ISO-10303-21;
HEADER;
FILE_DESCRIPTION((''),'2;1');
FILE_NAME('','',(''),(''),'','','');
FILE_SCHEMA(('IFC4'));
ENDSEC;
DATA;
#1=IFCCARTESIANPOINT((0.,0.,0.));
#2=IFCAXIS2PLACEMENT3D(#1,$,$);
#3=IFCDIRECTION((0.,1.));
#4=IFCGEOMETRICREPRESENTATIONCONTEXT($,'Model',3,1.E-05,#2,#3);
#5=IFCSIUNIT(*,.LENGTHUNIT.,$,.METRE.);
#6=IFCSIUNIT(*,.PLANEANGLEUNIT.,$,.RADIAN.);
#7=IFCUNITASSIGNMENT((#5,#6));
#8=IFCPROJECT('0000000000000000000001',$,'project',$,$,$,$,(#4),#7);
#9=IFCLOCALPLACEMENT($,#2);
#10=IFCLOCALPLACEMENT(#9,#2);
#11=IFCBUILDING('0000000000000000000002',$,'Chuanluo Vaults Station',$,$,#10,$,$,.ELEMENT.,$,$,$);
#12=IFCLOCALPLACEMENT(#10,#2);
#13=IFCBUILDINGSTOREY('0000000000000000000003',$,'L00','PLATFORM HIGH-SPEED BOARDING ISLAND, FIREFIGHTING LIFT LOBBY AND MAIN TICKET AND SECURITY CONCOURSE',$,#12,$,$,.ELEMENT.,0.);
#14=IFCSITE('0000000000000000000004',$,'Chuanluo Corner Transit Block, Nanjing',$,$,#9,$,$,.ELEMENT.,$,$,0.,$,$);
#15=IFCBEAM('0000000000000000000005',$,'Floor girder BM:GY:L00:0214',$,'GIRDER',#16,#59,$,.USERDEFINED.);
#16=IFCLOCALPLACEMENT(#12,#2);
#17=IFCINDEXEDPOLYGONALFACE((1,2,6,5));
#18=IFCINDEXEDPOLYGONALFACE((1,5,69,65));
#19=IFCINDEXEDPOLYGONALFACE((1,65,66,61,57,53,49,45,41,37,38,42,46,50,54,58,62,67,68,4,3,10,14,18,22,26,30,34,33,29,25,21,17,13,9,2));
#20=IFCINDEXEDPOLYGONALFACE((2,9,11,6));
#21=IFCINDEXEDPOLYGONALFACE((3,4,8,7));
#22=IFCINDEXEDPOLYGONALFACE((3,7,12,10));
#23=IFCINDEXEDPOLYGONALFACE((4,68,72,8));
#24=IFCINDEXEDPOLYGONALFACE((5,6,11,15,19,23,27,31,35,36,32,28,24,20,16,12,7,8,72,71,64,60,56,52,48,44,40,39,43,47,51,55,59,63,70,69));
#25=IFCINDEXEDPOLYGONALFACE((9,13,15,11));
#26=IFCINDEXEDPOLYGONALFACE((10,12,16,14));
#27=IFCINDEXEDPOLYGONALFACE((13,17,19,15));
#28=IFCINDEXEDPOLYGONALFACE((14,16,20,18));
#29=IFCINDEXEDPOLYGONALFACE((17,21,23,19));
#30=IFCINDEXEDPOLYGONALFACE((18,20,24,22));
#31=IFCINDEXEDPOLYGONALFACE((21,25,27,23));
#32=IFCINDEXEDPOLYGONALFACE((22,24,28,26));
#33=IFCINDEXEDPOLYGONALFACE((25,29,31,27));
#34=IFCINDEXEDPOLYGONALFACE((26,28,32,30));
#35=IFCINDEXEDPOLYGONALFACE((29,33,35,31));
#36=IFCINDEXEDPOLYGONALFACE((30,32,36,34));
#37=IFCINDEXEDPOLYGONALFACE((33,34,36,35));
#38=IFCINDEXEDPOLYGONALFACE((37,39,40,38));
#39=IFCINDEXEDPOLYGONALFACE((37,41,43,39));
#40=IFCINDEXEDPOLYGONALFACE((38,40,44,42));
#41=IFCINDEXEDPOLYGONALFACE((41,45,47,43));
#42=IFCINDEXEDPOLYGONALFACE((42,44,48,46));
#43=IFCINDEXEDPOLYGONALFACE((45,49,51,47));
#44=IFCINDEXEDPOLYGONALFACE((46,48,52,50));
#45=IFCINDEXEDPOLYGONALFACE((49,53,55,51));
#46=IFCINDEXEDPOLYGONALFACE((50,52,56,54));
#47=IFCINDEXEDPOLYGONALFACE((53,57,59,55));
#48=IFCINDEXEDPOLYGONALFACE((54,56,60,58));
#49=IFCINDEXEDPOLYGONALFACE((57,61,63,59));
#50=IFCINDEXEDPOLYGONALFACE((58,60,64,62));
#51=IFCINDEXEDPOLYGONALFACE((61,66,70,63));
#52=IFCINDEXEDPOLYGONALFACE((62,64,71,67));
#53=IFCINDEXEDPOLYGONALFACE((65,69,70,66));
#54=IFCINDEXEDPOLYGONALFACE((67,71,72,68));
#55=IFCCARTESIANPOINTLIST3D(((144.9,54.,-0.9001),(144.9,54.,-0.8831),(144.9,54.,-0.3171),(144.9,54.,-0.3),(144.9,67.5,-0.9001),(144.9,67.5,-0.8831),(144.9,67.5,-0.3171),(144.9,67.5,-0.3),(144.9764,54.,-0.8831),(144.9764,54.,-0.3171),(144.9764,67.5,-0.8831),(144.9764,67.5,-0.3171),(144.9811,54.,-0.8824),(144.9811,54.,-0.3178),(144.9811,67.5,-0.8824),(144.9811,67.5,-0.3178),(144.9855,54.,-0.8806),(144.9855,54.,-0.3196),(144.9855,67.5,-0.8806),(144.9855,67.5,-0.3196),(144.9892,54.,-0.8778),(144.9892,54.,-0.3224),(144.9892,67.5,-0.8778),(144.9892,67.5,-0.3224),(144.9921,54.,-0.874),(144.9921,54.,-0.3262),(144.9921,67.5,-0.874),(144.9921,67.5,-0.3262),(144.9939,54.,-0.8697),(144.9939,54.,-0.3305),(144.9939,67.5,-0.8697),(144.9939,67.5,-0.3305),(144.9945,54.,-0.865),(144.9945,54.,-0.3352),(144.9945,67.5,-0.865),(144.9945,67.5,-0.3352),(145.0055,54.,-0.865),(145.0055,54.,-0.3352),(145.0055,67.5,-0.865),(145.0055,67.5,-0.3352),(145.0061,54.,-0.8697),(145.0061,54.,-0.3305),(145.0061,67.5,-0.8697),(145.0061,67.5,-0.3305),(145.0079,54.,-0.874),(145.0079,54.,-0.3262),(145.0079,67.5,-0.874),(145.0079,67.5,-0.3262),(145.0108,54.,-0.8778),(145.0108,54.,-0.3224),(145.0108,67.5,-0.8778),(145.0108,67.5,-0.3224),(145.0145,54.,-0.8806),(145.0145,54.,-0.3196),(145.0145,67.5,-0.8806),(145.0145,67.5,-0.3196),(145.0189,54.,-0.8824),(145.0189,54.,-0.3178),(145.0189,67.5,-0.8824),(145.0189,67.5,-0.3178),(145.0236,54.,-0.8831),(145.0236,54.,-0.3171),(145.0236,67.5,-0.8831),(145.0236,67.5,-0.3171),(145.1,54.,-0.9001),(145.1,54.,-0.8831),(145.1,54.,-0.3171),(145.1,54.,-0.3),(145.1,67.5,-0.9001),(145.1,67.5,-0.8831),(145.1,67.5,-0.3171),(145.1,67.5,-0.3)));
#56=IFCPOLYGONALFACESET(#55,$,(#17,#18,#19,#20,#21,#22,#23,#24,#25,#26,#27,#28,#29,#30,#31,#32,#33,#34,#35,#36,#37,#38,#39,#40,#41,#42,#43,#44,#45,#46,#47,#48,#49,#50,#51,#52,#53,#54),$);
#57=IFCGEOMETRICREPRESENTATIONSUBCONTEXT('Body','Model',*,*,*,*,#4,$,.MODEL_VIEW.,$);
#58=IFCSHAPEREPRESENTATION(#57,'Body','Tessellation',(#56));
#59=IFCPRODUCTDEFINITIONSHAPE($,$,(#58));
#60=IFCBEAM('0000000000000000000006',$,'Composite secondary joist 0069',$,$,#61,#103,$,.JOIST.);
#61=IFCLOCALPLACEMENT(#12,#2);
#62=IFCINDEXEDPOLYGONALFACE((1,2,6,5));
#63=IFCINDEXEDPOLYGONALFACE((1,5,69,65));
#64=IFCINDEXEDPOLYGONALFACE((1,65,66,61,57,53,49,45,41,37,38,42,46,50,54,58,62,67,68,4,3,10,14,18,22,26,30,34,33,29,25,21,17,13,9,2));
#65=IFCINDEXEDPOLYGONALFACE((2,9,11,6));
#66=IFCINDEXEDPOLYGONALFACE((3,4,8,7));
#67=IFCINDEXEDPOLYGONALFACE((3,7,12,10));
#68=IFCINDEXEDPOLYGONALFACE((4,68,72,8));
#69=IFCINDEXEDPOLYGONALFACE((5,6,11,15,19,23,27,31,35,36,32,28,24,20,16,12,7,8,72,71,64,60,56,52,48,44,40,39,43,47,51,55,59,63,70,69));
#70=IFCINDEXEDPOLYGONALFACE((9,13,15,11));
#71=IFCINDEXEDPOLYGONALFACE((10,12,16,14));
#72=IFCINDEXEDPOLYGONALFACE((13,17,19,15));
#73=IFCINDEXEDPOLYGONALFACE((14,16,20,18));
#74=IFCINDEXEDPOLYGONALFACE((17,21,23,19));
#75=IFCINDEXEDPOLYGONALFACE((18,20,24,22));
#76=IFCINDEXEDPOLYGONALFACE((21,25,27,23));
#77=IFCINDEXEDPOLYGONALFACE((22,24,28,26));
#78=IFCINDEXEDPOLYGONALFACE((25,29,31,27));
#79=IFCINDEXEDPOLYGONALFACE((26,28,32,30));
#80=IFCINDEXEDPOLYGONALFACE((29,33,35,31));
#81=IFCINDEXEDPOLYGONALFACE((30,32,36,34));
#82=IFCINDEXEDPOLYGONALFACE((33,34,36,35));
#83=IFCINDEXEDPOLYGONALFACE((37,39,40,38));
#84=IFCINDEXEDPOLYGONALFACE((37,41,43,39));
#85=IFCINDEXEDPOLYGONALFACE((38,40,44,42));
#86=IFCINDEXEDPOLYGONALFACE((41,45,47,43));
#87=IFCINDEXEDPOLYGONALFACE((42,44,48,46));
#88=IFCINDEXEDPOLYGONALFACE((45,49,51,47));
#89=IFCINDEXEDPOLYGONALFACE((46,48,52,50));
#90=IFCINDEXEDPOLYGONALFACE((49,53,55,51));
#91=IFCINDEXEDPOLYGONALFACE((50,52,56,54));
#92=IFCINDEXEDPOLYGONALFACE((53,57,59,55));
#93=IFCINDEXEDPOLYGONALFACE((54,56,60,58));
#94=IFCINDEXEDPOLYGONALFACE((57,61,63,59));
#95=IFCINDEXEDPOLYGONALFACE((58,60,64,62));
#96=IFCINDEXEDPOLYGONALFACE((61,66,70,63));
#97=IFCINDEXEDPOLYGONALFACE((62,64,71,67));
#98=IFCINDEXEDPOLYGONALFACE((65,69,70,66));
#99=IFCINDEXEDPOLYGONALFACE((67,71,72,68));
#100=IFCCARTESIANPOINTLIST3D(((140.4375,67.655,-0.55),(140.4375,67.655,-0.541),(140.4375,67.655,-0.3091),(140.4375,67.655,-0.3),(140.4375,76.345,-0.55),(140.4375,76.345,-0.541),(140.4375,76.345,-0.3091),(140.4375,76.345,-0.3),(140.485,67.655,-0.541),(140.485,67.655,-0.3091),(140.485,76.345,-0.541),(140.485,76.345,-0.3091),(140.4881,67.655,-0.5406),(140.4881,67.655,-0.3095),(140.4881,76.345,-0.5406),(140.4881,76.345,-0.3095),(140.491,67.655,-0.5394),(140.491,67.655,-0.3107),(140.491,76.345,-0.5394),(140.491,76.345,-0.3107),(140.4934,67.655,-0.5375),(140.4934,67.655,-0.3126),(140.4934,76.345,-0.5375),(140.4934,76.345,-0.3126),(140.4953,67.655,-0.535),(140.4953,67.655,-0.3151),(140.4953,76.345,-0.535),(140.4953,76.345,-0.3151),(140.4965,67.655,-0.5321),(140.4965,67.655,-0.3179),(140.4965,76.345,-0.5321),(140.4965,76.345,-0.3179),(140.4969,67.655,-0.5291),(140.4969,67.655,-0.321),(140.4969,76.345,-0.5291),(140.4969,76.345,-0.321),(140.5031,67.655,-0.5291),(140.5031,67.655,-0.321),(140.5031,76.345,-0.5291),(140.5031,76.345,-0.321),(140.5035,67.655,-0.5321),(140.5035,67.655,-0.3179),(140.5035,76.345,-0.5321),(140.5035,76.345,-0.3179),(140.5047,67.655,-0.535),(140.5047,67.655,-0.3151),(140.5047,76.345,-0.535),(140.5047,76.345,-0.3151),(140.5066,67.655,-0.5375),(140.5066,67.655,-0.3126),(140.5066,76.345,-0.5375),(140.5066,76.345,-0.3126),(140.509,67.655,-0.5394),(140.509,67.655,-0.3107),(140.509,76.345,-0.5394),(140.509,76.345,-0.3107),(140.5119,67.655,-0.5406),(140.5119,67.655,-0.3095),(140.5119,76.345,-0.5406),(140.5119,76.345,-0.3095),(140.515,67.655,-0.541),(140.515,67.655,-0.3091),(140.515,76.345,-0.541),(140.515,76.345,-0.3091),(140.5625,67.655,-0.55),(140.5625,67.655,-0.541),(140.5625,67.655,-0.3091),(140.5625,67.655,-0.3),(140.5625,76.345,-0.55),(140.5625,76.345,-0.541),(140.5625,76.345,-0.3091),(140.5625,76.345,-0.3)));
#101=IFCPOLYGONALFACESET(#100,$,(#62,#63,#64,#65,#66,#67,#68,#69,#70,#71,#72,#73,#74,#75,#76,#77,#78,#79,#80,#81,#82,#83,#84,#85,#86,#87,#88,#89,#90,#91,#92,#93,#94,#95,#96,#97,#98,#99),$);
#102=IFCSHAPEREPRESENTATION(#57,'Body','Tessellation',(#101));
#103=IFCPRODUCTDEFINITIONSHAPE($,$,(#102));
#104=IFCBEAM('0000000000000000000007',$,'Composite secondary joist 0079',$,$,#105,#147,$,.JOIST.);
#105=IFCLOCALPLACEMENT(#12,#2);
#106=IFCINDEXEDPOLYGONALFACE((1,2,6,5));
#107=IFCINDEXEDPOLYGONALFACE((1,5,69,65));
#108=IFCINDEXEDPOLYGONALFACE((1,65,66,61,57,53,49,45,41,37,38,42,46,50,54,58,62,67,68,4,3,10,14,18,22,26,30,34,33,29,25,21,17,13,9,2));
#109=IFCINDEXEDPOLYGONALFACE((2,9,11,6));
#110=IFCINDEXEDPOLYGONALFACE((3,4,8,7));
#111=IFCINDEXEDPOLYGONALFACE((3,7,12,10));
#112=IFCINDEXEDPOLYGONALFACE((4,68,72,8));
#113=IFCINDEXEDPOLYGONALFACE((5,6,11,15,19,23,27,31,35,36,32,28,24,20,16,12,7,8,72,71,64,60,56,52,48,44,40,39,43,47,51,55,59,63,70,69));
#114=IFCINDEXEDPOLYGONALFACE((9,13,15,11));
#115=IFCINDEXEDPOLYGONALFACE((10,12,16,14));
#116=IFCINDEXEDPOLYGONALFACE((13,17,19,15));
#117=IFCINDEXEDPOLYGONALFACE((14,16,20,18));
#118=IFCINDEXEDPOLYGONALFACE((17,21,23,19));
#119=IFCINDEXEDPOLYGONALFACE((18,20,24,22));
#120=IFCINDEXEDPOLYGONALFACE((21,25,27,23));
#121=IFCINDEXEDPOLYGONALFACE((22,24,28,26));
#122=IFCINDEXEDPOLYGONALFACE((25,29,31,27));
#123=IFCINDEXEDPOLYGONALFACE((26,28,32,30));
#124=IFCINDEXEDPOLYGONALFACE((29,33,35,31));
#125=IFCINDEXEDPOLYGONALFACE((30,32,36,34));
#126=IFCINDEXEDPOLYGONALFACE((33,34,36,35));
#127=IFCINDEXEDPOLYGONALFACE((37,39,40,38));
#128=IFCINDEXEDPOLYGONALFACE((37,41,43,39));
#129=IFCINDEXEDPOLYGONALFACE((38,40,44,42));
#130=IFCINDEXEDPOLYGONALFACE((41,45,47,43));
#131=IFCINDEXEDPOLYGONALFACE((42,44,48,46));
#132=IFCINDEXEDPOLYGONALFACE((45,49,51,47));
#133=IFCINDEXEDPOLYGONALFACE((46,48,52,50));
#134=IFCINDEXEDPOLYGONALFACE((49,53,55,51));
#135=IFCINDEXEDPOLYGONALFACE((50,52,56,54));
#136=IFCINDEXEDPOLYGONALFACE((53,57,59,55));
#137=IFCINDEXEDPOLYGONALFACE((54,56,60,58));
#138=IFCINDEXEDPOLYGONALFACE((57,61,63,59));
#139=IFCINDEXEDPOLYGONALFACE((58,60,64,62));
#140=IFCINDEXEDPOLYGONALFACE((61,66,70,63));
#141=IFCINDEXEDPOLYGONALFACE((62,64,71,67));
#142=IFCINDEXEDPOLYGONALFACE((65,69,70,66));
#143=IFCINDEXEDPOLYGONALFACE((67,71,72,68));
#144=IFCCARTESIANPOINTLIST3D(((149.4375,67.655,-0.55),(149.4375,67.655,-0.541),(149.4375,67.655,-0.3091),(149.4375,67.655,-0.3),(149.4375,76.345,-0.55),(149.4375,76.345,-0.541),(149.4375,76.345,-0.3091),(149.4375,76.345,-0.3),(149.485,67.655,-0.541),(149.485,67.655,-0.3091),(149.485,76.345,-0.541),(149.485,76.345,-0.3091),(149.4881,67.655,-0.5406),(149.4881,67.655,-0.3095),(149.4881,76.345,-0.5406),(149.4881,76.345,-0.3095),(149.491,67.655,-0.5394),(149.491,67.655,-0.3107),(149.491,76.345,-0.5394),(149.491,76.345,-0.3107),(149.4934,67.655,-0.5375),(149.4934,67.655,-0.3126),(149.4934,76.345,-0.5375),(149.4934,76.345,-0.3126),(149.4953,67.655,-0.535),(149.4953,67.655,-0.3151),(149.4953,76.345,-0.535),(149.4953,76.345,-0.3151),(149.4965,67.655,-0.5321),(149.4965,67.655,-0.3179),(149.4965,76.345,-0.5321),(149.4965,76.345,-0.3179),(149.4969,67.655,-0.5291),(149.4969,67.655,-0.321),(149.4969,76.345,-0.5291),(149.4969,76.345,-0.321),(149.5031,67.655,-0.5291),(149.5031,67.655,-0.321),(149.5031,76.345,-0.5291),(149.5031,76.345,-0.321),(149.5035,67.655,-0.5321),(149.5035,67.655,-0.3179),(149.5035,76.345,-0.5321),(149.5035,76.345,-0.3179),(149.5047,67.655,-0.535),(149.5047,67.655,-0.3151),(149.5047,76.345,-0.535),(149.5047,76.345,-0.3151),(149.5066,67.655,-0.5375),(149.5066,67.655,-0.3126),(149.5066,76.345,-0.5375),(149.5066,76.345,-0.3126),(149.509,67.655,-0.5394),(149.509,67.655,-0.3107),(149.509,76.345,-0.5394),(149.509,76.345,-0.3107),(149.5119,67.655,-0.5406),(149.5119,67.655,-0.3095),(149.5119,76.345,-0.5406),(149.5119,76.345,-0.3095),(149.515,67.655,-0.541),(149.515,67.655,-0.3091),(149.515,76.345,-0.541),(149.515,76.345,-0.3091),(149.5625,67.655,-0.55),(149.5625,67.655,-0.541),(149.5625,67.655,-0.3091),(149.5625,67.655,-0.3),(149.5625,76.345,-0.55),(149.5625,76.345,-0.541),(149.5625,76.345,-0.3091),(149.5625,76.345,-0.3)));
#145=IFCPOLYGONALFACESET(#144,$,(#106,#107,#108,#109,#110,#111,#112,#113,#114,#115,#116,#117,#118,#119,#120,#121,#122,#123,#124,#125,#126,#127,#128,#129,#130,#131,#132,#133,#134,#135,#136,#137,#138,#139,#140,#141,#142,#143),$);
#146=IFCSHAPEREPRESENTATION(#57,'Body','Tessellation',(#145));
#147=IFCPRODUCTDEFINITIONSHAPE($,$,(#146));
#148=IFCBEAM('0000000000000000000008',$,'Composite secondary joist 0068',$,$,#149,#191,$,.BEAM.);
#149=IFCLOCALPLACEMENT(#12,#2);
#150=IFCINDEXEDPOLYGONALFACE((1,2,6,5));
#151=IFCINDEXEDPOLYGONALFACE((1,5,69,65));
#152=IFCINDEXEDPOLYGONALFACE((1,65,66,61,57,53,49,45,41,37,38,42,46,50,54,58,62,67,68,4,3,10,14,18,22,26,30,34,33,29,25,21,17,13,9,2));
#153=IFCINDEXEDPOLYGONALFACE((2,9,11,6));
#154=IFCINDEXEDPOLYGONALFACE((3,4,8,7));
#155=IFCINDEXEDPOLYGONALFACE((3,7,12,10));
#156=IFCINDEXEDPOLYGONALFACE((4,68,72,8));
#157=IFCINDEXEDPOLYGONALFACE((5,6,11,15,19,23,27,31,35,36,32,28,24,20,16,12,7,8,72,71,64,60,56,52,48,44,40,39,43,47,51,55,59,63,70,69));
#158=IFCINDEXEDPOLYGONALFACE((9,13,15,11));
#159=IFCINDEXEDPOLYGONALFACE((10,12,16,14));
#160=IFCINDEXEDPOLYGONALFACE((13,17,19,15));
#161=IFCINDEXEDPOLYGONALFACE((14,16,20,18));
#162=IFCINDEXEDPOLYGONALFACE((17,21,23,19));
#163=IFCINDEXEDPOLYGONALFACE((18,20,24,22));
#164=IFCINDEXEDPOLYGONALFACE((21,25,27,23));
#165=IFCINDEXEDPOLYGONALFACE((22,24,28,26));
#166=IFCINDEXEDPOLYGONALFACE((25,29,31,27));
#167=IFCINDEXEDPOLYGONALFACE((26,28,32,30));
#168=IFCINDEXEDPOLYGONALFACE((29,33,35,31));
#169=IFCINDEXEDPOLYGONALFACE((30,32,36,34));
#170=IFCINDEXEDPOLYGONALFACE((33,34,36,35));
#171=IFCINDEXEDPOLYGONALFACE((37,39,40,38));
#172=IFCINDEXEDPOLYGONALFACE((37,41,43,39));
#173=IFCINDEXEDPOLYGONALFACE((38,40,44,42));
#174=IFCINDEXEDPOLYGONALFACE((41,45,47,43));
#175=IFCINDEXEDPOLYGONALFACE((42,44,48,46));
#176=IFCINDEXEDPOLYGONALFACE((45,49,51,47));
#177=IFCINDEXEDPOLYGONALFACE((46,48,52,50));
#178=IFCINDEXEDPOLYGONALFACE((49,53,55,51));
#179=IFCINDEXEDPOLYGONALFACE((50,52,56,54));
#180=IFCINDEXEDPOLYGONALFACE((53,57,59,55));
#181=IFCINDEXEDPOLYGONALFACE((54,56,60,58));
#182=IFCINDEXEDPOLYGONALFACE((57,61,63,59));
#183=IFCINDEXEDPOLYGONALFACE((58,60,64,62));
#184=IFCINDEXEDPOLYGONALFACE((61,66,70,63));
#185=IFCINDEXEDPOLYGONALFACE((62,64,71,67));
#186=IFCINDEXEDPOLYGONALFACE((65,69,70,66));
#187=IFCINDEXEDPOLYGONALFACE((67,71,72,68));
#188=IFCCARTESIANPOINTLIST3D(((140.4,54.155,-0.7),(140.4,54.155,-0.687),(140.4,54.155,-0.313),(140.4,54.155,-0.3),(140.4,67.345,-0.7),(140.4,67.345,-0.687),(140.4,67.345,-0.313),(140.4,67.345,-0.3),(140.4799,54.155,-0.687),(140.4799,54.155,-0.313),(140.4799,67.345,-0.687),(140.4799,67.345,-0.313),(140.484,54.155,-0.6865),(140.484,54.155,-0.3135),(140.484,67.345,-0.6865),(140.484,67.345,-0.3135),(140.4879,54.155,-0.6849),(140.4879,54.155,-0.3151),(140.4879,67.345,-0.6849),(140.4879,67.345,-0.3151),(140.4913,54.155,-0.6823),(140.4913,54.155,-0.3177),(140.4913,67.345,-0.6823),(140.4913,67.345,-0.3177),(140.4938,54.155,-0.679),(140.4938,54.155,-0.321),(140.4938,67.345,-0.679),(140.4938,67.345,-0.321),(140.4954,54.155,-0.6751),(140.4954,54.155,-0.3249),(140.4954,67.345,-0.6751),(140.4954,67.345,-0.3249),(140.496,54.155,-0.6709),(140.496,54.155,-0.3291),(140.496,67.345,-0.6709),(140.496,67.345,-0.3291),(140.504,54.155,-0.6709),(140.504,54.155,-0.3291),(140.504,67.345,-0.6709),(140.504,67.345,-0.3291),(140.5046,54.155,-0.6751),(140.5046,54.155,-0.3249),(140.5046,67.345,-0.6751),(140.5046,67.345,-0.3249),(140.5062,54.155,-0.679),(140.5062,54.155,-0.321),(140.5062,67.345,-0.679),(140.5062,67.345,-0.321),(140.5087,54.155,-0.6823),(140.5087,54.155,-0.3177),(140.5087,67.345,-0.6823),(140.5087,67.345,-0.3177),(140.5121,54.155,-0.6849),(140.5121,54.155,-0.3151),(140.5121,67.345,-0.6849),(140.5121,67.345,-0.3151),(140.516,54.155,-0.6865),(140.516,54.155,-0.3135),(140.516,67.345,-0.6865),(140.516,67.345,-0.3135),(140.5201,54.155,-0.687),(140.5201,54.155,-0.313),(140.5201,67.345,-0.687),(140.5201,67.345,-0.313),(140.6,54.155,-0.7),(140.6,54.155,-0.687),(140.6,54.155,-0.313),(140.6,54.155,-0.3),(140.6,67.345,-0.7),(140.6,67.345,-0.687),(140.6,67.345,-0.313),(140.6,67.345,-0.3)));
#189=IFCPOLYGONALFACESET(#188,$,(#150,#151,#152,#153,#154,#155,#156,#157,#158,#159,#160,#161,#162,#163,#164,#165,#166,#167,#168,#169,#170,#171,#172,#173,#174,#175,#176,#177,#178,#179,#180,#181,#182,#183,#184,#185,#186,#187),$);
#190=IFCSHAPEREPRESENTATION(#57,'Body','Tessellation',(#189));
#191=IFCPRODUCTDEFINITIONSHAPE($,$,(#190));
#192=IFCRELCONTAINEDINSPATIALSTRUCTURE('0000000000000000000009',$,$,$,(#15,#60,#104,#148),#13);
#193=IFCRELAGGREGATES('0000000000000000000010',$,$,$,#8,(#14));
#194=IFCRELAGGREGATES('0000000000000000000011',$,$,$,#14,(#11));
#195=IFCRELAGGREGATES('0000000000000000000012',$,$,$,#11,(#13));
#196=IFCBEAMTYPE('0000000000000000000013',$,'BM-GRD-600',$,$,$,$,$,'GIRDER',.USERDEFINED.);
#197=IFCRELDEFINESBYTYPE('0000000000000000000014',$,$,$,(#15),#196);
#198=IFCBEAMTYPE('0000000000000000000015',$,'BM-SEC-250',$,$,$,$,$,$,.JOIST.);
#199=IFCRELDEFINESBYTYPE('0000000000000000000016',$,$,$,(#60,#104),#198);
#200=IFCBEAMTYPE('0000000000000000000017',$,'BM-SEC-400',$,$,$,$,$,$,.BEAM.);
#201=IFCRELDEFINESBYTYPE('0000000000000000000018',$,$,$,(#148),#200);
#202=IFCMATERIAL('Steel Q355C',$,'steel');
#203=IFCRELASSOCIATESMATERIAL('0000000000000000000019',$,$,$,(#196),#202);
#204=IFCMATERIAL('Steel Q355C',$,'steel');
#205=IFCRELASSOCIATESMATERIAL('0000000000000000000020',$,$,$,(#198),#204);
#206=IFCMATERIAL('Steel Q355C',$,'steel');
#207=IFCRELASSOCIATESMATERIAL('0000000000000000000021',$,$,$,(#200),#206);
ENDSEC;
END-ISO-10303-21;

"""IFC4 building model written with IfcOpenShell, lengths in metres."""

from ifc_helpers import new_model, si_unit, direction, frame, origin, origin_2d, place, context, subcontext, project, spatial, i_section, extrude, material, material_profile, profile_set, type_object, element, save


model = new_model("IFC4")

# Units and contexts
model_context = context("Model", 3, precision=1e-05, world=origin(), true_north=direction((0.0, 1.0)))
body_context = subcontext(model_context, "Body", "Model", "MODEL_VIEW")
ifc_project = project(units=[si_unit("LENGTHUNIT", "METRE"), si_unit("PLANEANGLEUNIT", "RADIAN")], contexts=[model_context])

# Site, building, storey
site_placement = place(None, origin())
site = spatial("IfcSite", under=ifc_project, at=site_placement, Name="Chuanluo Corner Transit Block, Nanjing", CompositionType="ELEMENT", RefElevation=0.0)
building_placement = place(site_placement, origin())
building = spatial("IfcBuilding", under=site, at=building_placement, Name="Chuanluo Vaults Station", CompositionType="ELEMENT")
storey_placement = place(building_placement, origin())
storey = spatial("IfcBuildingStorey", under=building, at=storey_placement, Name="L00", Description="PLATFORM HIGH-SPEED BOARDING ISLAND, FIREFIGHTING LIFT LOBBY AND MAIN TICKET AND SECURITY CONCOURSE", CompositionType="ELEMENT", Elevation=0.0)

# Beams
ifc_material_1 = material(Name="Steel Q355C", Category="steel")
ifc_material_profile_1 = material_profile(ifc_material_1, i_section(OverallWidth=0.2, OverallDepth=0.6001, WebThickness=0.011, FlangeThickness=0.0171, FilletRadius=0.0181, at=origin_2d()))
ifc_profile_set_1 = profile_set([ifc_material_profile_1], Name="Steel Q355C")
beam_type_1 = type_object("IfcBeamType", Name="BM-GRD-600", ElementType="GIRDER", PredefinedType="USERDEFINED", material=ifc_profile_set_1)
for number, where, z_axis, x_axis, name in (
    (1, (145.0, 54.0, -0.6001), (0.0, 1.0, 0.0), (-1.0, 0.0, 0.0), "Floor girder BM:GY:L00:0214"),
):
    element("IfcBeam", number, at=place(storey_placement, frame(where, z_axis=z_axis, x_axis=x_axis)), inside=storey, type_object=beam_type_1, Name=name, ObjectType="GIRDER", PredefinedType="USERDEFINED", context=body_context, shape_type="SweptSolid", body=[
        extrude(i_section(OverallWidth=0.2, OverallDepth=0.6001, WebThickness=0.011, FlangeThickness=0.0171, FilletRadius=0.0181, at=origin_2d()), origin(), (0.0, 0.0, 1.0), 13.5),
    ])
ifc_material_2 = material(Name="Steel Q355C", Category="steel")
ifc_material_profile_2 = material_profile(ifc_material_2, i_section(OverallWidth=0.125, OverallDepth=0.25, WebThickness=0.0061, FlangeThickness=0.009, FilletRadius=0.012, at=origin_2d()))
ifc_profile_set_2 = profile_set([ifc_material_profile_2], Name="Steel Q355C")
beam_type_2 = type_object("IfcBeamType", Name="BM-SEC-250", PredefinedType="JOIST", material=ifc_profile_set_2)
for number, where, z_axis, x_axis, name in (
    (2, (140.5, 67.655, -0.425), (0.0, 1.0, 0.0), (-1.0, 0.0, 0.0), "Composite secondary joist 0069"),
    (3, (149.5, 67.655, -0.425), (0.0, 1.0, 0.0), (-1.0, 0.0, 0.0), "Composite secondary joist 0079"),
):
    element("IfcBeam", number, at=place(storey_placement, frame(where, z_axis=z_axis, x_axis=x_axis)), inside=storey, type_object=beam_type_2, Name=name, PredefinedType="JOIST", context=body_context, shape_type="SweptSolid", body=[
        extrude(i_section(OverallWidth=0.125, OverallDepth=0.25, WebThickness=0.0061, FlangeThickness=0.009, FilletRadius=0.012, at=origin_2d()), origin(), (0.0, 0.0, 1.0), 8.6899),
    ])
ifc_material_3 = material(Name="Steel Q355C", Category="steel")
ifc_material_profile_3 = material_profile(ifc_material_3, i_section(OverallWidth=0.2, OverallDepth=0.3999, WebThickness=0.0081, FlangeThickness=0.0129, FilletRadius=0.0161, at=origin_2d()))
ifc_profile_set_3 = profile_set([ifc_material_profile_3], Name="Steel Q355C")
beam_type_3 = type_object("IfcBeamType", Name="BM-SEC-400", PredefinedType="BEAM", material=ifc_profile_set_3)
for number, where, z_axis, x_axis, name in (
    (4, (140.5, 54.155, -0.5), (0.0, 1.0, 0.0), (-1.0, 0.0, 0.0), "Composite secondary joist 0068"),
):
    element("IfcBeam", number, at=place(storey_placement, frame(where, z_axis=z_axis, x_axis=x_axis)), inside=storey, type_object=beam_type_3, Name=name, PredefinedType="BEAM", context=body_context, shape_type="SweptSolid", body=[
        extrude(i_section(OverallWidth=0.2, OverallDepth=0.3999, WebThickness=0.0081, FlangeThickness=0.0129, FilletRadius=0.0161, at=origin_2d()), origin(), (0.0, 0.0, 1.0), 13.1899),
    ])

save(model, "model.ifc")
